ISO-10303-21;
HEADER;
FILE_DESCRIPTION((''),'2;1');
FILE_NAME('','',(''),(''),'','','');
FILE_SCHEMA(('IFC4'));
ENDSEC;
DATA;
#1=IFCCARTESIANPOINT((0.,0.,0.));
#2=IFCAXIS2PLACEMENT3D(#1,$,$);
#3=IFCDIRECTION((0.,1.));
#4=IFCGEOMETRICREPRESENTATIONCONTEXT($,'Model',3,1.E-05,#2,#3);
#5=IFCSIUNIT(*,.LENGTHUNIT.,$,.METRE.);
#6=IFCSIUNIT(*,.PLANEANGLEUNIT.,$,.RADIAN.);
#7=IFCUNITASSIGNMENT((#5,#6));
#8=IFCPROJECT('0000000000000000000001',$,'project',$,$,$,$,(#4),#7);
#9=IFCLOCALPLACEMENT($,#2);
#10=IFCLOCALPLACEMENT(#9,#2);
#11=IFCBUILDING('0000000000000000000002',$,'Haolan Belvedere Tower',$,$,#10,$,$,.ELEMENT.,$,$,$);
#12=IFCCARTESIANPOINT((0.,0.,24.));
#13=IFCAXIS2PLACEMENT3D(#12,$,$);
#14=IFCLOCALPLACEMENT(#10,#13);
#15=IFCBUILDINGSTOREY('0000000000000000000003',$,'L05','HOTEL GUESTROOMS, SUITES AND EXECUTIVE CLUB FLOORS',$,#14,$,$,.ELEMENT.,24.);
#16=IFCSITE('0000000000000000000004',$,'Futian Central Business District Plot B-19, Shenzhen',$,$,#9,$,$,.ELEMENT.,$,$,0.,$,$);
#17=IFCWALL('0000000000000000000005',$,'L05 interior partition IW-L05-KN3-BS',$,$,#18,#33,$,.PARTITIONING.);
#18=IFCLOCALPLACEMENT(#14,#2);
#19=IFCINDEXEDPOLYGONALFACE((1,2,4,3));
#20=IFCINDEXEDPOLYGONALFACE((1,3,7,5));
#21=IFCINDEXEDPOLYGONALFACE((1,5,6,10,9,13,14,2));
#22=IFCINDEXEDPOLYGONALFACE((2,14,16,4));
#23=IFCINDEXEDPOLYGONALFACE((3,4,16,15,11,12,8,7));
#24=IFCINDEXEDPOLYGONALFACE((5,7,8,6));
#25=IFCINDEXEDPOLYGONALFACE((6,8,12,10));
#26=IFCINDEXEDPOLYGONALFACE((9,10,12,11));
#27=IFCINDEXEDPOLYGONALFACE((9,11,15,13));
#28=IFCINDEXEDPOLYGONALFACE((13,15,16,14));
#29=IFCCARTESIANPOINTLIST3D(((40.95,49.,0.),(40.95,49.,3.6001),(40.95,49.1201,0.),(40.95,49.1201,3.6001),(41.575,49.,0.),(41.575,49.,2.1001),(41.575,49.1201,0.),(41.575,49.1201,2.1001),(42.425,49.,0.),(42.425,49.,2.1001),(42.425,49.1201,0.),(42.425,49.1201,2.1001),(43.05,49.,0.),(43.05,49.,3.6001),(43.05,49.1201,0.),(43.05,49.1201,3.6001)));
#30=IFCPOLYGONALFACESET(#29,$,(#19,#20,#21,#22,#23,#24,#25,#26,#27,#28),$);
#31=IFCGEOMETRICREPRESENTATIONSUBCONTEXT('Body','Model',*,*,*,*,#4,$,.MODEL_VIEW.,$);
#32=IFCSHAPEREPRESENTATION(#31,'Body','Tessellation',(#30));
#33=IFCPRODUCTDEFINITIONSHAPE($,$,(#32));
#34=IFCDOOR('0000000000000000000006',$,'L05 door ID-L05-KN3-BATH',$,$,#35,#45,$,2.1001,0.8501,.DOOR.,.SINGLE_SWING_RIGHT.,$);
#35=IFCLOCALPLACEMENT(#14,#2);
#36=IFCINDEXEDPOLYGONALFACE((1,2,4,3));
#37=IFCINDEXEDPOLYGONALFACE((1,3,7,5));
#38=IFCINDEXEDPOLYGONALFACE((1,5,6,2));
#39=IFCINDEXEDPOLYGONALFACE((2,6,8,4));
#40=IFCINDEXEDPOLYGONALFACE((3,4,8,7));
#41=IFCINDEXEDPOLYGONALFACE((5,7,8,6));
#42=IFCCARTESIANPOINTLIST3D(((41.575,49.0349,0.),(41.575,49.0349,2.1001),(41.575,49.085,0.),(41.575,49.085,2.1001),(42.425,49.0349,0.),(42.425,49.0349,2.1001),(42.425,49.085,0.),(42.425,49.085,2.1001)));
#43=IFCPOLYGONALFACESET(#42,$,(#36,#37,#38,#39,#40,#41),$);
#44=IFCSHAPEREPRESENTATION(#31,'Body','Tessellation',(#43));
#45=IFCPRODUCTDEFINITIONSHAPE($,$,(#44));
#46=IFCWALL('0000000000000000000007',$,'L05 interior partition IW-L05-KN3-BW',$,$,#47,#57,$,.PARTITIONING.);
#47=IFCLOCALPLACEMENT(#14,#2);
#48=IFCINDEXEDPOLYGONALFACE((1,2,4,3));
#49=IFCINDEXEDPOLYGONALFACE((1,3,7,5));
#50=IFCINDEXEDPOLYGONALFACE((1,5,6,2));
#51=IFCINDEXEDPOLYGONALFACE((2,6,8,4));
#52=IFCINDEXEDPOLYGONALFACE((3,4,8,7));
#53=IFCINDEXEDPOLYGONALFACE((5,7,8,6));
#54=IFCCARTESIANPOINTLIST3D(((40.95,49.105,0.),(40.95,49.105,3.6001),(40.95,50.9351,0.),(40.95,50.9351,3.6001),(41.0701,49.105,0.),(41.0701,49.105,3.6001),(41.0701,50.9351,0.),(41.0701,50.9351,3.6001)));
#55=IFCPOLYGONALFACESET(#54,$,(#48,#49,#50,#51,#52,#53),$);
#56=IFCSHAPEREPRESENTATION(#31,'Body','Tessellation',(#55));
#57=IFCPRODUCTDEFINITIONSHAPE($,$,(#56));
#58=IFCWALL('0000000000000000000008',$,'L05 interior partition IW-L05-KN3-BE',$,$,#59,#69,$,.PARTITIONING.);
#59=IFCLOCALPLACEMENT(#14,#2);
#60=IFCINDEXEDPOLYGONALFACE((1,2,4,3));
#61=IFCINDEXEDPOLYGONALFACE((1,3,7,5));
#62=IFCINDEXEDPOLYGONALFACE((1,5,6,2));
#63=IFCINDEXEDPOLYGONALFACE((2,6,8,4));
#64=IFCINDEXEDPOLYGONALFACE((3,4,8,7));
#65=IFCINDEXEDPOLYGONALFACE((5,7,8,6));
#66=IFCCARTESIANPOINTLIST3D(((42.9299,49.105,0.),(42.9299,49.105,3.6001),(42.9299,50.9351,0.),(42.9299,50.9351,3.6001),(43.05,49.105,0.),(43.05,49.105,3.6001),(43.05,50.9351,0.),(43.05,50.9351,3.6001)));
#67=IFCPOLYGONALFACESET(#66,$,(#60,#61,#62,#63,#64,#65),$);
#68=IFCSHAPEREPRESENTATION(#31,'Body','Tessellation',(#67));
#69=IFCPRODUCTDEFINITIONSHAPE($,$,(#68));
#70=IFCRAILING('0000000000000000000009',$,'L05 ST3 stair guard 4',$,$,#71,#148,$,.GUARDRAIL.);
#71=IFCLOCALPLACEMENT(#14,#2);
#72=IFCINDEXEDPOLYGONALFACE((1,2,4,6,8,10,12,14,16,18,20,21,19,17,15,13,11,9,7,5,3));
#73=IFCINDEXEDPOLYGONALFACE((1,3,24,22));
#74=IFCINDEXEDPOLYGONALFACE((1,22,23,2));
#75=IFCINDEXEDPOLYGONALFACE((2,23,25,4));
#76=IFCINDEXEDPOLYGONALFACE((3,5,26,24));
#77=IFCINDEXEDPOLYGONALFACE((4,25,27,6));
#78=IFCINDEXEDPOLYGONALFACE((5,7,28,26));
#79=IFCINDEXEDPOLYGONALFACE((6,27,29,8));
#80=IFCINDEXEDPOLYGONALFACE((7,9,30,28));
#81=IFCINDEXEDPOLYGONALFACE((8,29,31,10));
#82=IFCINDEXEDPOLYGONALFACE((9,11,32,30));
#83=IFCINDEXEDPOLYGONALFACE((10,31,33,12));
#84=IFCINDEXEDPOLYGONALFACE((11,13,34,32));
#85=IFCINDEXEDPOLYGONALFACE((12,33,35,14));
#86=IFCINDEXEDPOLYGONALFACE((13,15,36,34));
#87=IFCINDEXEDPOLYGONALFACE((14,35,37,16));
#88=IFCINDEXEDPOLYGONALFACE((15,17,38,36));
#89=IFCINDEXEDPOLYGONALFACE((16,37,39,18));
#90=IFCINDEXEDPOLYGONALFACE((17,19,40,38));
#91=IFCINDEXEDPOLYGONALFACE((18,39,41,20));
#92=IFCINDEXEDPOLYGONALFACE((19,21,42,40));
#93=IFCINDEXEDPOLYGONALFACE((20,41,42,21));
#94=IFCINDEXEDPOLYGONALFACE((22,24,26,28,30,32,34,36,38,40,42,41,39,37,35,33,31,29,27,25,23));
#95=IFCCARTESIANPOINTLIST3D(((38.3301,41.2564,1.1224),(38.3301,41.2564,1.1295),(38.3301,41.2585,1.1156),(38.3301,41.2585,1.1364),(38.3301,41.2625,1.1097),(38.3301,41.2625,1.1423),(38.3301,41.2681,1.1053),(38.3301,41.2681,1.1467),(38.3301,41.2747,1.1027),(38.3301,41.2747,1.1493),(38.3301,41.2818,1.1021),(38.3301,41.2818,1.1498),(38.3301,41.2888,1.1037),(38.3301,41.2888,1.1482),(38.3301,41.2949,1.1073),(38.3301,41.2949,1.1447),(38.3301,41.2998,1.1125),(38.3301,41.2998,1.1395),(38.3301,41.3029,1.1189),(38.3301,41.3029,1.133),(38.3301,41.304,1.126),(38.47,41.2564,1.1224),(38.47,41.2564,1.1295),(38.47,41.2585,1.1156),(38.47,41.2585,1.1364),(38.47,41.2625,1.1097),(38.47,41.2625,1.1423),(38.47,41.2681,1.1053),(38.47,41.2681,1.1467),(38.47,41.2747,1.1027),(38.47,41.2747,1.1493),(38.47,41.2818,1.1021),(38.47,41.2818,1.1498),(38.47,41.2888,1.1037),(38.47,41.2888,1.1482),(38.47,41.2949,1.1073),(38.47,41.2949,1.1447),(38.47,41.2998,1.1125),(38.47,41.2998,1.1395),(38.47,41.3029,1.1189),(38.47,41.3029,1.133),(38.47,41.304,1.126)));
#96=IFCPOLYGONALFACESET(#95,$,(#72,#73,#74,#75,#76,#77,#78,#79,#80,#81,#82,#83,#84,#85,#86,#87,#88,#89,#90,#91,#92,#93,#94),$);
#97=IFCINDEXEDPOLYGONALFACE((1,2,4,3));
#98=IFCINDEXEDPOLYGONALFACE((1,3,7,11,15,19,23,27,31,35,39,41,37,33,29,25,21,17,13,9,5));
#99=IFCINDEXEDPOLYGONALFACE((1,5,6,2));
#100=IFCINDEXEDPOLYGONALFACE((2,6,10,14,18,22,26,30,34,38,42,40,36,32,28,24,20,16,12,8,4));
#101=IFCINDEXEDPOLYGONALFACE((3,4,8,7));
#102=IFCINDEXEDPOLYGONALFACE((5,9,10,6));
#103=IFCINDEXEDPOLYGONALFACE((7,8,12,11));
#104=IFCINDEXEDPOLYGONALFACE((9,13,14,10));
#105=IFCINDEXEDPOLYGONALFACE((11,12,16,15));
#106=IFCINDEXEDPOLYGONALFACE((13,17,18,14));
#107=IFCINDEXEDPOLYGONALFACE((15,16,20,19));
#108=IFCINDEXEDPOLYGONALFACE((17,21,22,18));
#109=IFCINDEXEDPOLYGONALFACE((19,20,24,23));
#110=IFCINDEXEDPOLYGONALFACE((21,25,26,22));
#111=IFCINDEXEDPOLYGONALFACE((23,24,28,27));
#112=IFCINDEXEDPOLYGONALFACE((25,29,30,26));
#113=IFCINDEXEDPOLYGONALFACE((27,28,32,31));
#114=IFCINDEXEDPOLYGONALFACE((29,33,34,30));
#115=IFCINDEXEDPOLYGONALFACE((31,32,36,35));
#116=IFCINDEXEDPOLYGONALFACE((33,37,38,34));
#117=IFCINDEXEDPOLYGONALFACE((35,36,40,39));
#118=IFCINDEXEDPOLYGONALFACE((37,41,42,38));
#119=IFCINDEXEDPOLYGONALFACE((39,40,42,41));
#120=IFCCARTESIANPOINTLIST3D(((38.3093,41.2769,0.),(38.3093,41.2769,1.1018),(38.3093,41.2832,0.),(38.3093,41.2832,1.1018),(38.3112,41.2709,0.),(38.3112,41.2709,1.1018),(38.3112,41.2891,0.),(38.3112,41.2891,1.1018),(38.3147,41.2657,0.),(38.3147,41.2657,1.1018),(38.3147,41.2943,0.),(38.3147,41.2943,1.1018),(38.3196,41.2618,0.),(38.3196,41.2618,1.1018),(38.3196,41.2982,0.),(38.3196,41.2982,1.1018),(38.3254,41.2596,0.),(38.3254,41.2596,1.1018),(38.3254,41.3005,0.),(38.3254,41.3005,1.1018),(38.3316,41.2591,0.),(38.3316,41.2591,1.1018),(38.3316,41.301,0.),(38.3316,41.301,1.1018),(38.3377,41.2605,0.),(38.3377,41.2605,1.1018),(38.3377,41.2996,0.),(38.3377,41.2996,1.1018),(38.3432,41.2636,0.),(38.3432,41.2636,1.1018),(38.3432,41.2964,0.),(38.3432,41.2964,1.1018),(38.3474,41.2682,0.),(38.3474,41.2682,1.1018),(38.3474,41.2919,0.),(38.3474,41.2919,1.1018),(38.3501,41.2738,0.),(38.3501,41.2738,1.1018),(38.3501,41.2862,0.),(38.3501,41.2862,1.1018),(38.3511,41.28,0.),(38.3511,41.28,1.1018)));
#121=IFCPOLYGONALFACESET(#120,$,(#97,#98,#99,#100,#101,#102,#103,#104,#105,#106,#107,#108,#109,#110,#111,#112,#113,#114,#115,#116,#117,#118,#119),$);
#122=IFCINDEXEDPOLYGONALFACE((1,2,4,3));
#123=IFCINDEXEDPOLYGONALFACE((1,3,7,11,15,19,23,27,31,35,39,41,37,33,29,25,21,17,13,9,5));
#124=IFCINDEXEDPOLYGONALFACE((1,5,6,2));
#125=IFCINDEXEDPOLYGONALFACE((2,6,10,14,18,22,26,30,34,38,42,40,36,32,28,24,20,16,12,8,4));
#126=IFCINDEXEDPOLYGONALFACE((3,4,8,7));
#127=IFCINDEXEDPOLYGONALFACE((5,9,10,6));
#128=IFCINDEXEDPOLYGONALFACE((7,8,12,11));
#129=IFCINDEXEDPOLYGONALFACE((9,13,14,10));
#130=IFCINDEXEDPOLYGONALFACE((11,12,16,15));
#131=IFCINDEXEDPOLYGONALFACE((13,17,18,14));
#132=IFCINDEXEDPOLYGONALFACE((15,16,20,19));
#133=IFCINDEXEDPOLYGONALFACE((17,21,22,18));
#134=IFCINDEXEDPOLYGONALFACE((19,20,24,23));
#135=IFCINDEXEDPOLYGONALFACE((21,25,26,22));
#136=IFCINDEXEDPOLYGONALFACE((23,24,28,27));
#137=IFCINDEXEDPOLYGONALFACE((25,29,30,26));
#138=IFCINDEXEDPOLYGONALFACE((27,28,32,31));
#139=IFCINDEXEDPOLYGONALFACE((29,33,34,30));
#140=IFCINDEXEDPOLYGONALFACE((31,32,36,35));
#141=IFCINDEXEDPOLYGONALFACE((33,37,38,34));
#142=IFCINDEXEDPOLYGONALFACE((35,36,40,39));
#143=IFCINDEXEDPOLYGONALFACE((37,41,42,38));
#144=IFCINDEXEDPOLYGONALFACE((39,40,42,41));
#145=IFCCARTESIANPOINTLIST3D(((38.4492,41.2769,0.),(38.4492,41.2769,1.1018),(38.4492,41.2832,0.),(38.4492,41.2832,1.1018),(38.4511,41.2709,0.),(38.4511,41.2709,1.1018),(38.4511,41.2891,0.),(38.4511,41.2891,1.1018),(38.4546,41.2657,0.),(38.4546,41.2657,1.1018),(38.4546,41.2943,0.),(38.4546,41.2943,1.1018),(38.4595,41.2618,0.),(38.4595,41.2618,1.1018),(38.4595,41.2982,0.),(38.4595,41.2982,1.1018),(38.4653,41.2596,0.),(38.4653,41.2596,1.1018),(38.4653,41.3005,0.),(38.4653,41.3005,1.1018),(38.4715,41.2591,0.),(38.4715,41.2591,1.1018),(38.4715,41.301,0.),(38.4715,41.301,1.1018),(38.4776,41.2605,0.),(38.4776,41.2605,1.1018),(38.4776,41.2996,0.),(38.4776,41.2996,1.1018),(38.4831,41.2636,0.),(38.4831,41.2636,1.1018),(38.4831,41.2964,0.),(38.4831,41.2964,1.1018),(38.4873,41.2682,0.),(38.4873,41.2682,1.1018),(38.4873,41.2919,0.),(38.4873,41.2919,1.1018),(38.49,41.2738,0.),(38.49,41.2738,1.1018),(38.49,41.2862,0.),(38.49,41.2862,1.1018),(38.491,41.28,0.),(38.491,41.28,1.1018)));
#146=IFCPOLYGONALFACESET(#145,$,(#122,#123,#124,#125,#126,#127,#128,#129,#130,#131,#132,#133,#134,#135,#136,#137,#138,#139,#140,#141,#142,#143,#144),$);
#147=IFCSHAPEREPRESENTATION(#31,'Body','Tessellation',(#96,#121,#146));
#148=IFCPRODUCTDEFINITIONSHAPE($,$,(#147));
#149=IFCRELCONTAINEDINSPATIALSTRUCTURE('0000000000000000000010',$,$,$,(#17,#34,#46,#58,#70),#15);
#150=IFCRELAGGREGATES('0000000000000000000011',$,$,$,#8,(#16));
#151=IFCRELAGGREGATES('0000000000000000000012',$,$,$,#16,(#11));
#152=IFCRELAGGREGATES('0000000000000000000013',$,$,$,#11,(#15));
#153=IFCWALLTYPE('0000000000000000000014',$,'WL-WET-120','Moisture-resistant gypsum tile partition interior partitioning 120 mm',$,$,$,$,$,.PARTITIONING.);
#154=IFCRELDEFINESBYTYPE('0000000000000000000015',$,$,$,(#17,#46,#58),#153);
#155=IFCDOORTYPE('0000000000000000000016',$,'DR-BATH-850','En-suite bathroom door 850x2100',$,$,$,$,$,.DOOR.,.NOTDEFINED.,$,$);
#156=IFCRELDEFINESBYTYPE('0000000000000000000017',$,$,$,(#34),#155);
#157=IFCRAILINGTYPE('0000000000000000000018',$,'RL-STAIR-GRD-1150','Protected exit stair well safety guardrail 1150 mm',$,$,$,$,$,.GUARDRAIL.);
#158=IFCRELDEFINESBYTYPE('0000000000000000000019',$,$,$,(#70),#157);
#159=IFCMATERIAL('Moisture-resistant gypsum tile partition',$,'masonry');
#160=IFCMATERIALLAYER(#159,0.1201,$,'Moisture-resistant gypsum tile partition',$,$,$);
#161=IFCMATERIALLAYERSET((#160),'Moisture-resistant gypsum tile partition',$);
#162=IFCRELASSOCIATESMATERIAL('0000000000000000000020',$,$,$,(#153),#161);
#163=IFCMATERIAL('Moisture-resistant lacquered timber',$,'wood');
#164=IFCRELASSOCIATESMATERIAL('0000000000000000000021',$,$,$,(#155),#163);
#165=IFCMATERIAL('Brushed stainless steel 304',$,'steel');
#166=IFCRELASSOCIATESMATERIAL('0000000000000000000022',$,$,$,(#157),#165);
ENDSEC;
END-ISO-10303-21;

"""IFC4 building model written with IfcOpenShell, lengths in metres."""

from ifc_helpers import new_model, si_unit, direction, frame, frame_2d, origin, origin_2d, place, context, subcontext, project, spatial, rectangle, circle, extrude, material, layer, layer_set, type_object, element, fill, save


model = new_model("IFC4")

# Units and contexts
model_context = context("Model", 3, precision=1e-05, world=origin(), true_north=direction((0.0, 1.0)))
body_context = subcontext(model_context, "Body", "Model", "MODEL_VIEW")
ifc_project = project(units=[si_unit("LENGTHUNIT", "METRE"), si_unit("PLANEANGLEUNIT", "RADIAN")], contexts=[model_context])

# Site, building, storey
site_placement = place(None, origin())
site = spatial("IfcSite", under=ifc_project, at=site_placement, Name="Futian Central Business District Plot B-19, Shenzhen", CompositionType="ELEMENT", RefElevation=0.0)
building_placement = place(site_placement, origin())
building = spatial("IfcBuilding", under=site, at=building_placement, Name="Haolan Belvedere Tower", CompositionType="ELEMENT")
storey_placement = place(building_placement, frame((0.0, 0.0, 24.0)))
storey = spatial("IfcBuildingStorey", under=building, at=storey_placement, Name="L05", Description="HOTEL GUESTROOMS, SUITES AND EXECUTIVE CLUB FLOORS", CompositionType="ELEMENT", Elevation=24.0)

# Shared definitions
ifc_material_1 = material(Name="Moisture-resistant gypsum tile partition", Category="masonry")
ifc_layer_1 = layer(ifc_material_1, 0.1201, Name="Moisture-resistant gypsum tile partition")
ifc_layer_set_1 = layer_set([ifc_layer_1], Name="Moisture-resistant gypsum tile partition")
wall_type_1 = type_object("IfcWallType", Name="WL-WET-120", Description="Moisture-resistant gypsum tile partition interior partitioning 120 mm", PredefinedType="PARTITIONING", material=ifc_layer_set_1)

# Wall, opening, door
wall_1_placement = place(storey_placement, frame((40.95, 49.0601, 0.0), z_axis=(0.0, 0.0, 1.0), x_axis=(1.0, 0.0, 0.0)))
wall_1 = element("IfcWall", 1, at=wall_1_placement, inside=storey, type_object=wall_type_1, Name="L05 interior partition IW-L05-KN3-BS", PredefinedType="PARTITIONING", context=body_context, shape_type="SweptSolid", body=[
    extrude(rectangle(XDim=2.1001, YDim=0.1201, at=frame_2d((1.05, 0.0))), origin(), (0.0, 0.0, 1.0), 3.6001),
])
opening_1_placement = place(wall_1_placement, frame((0.625, 0.0, 0.0)))
opening_1 = element("IfcOpeningElement", 2, at=opening_1_placement, cuts=wall_1, PredefinedType="OPENING", context=body_context, shape_type="SweptSolid", body=[
    extrude(rectangle(XDim=0.8501, YDim=2.1001, at=frame_2d((0.425, 1.05))), frame((0.0, 0.0701, 0.0), z_axis=(0.0, -1.0, 0.0), x_axis=(1.0, 0.0, 0.0)), (0.0, 0.0, 1.0), 0.1401),
])
ifc_material_2 = material(Name="Moisture-resistant lacquered timber", Category="wood")
door_type_1 = type_object("IfcDoorType", Name="DR-BATH-850", Description="En-suite bathroom door 850x2100", OperationType="NOTDEFINED", PredefinedType="DOOR", material=ifc_material_2)
door_1_placement = place(opening_1_placement, origin())
door_1 = element("IfcDoor", 3, at=door_1_placement, inside=storey, type_object=door_type_1, Name="L05 door ID-L05-KN3-BATH", OperationType="SINGLE_SWING_RIGHT", OverallHeight=2.1001, OverallWidth=0.8501, PredefinedType="DOOR", context=body_context, shape_type="SweptSolid", body=[
    extrude(rectangle(XDim=0.8501, YDim=2.1001, at=frame_2d((0.425, 1.05))), frame((0.0, 0.0249, 0.0), z_axis=(0.0, -1.0, 0.0), x_axis=(1.0, 0.0, 0.0)), (0.0, 0.0, 1.0), 0.05),
])
fill(opening_1, door_1)

# Walls
for number, where, z_axis, x_axis, name in (
    (4, (41.01, 49.105, 0.0), (0.0, 0.0, 1.0), (0.0, 1.0, 0.0), "L05 interior partition IW-L05-KN3-BW"),
    (5, (42.99, 49.105, 0.0), (0.0, 0.0, 1.0), (0.0, 1.0, 0.0), "L05 interior partition IW-L05-KN3-BE"),
):
    element("IfcWall", number, at=place(storey_placement, frame(where, z_axis=z_axis, x_axis=x_axis)), inside=storey, type_object=wall_type_1, Name=name, PredefinedType="PARTITIONING", context=body_context, shape_type="SweptSolid", body=[
        extrude(rectangle(XDim=1.8301, YDim=0.1201, at=frame_2d((0.915, 0.0))), origin(), (0.0, 0.0, 1.0), 3.6001),
    ])

# Railing
ifc_material_3 = material(Name="Brushed stainless steel 304", Category="steel")
railing_type = type_object("IfcRailingType", Name="RL-STAIR-GRD-1150", Description="Protected exit stair well safety guardrail 1150 mm", PredefinedType="GUARDRAIL", material=ifc_material_3)
railing_1_placement = place(storey_placement, frame((38.3301, 41.28, 0.0)))
element("IfcRailing", 6, at=railing_1_placement, inside=storey, type_object=railing_type, Name="L05 ST3 stair guard 4", PredefinedType="GUARDRAIL", context=body_context, shape_type="SweptSolid", body=[
    extrude(circle(Radius=0.0239, at=origin_2d()), frame((0.0, 0.0, 1.126), z_axis=(1.0, 0.0, 0.0), x_axis=(0.0, 1.0, 0.0)), (0.0, 0.0, 1.0), 0.1399),
    extrude(circle(Radius=0.021, at=origin_2d()), origin(), (0.0, 0.0, 1.0), 1.1018),
    extrude(circle(Radius=0.021, at=origin_2d()), frame((0.1399, 0.0, 0.0)), (0.0, 0.0, 1.0), 1.1018),
])

save(model, "model.ifc")
